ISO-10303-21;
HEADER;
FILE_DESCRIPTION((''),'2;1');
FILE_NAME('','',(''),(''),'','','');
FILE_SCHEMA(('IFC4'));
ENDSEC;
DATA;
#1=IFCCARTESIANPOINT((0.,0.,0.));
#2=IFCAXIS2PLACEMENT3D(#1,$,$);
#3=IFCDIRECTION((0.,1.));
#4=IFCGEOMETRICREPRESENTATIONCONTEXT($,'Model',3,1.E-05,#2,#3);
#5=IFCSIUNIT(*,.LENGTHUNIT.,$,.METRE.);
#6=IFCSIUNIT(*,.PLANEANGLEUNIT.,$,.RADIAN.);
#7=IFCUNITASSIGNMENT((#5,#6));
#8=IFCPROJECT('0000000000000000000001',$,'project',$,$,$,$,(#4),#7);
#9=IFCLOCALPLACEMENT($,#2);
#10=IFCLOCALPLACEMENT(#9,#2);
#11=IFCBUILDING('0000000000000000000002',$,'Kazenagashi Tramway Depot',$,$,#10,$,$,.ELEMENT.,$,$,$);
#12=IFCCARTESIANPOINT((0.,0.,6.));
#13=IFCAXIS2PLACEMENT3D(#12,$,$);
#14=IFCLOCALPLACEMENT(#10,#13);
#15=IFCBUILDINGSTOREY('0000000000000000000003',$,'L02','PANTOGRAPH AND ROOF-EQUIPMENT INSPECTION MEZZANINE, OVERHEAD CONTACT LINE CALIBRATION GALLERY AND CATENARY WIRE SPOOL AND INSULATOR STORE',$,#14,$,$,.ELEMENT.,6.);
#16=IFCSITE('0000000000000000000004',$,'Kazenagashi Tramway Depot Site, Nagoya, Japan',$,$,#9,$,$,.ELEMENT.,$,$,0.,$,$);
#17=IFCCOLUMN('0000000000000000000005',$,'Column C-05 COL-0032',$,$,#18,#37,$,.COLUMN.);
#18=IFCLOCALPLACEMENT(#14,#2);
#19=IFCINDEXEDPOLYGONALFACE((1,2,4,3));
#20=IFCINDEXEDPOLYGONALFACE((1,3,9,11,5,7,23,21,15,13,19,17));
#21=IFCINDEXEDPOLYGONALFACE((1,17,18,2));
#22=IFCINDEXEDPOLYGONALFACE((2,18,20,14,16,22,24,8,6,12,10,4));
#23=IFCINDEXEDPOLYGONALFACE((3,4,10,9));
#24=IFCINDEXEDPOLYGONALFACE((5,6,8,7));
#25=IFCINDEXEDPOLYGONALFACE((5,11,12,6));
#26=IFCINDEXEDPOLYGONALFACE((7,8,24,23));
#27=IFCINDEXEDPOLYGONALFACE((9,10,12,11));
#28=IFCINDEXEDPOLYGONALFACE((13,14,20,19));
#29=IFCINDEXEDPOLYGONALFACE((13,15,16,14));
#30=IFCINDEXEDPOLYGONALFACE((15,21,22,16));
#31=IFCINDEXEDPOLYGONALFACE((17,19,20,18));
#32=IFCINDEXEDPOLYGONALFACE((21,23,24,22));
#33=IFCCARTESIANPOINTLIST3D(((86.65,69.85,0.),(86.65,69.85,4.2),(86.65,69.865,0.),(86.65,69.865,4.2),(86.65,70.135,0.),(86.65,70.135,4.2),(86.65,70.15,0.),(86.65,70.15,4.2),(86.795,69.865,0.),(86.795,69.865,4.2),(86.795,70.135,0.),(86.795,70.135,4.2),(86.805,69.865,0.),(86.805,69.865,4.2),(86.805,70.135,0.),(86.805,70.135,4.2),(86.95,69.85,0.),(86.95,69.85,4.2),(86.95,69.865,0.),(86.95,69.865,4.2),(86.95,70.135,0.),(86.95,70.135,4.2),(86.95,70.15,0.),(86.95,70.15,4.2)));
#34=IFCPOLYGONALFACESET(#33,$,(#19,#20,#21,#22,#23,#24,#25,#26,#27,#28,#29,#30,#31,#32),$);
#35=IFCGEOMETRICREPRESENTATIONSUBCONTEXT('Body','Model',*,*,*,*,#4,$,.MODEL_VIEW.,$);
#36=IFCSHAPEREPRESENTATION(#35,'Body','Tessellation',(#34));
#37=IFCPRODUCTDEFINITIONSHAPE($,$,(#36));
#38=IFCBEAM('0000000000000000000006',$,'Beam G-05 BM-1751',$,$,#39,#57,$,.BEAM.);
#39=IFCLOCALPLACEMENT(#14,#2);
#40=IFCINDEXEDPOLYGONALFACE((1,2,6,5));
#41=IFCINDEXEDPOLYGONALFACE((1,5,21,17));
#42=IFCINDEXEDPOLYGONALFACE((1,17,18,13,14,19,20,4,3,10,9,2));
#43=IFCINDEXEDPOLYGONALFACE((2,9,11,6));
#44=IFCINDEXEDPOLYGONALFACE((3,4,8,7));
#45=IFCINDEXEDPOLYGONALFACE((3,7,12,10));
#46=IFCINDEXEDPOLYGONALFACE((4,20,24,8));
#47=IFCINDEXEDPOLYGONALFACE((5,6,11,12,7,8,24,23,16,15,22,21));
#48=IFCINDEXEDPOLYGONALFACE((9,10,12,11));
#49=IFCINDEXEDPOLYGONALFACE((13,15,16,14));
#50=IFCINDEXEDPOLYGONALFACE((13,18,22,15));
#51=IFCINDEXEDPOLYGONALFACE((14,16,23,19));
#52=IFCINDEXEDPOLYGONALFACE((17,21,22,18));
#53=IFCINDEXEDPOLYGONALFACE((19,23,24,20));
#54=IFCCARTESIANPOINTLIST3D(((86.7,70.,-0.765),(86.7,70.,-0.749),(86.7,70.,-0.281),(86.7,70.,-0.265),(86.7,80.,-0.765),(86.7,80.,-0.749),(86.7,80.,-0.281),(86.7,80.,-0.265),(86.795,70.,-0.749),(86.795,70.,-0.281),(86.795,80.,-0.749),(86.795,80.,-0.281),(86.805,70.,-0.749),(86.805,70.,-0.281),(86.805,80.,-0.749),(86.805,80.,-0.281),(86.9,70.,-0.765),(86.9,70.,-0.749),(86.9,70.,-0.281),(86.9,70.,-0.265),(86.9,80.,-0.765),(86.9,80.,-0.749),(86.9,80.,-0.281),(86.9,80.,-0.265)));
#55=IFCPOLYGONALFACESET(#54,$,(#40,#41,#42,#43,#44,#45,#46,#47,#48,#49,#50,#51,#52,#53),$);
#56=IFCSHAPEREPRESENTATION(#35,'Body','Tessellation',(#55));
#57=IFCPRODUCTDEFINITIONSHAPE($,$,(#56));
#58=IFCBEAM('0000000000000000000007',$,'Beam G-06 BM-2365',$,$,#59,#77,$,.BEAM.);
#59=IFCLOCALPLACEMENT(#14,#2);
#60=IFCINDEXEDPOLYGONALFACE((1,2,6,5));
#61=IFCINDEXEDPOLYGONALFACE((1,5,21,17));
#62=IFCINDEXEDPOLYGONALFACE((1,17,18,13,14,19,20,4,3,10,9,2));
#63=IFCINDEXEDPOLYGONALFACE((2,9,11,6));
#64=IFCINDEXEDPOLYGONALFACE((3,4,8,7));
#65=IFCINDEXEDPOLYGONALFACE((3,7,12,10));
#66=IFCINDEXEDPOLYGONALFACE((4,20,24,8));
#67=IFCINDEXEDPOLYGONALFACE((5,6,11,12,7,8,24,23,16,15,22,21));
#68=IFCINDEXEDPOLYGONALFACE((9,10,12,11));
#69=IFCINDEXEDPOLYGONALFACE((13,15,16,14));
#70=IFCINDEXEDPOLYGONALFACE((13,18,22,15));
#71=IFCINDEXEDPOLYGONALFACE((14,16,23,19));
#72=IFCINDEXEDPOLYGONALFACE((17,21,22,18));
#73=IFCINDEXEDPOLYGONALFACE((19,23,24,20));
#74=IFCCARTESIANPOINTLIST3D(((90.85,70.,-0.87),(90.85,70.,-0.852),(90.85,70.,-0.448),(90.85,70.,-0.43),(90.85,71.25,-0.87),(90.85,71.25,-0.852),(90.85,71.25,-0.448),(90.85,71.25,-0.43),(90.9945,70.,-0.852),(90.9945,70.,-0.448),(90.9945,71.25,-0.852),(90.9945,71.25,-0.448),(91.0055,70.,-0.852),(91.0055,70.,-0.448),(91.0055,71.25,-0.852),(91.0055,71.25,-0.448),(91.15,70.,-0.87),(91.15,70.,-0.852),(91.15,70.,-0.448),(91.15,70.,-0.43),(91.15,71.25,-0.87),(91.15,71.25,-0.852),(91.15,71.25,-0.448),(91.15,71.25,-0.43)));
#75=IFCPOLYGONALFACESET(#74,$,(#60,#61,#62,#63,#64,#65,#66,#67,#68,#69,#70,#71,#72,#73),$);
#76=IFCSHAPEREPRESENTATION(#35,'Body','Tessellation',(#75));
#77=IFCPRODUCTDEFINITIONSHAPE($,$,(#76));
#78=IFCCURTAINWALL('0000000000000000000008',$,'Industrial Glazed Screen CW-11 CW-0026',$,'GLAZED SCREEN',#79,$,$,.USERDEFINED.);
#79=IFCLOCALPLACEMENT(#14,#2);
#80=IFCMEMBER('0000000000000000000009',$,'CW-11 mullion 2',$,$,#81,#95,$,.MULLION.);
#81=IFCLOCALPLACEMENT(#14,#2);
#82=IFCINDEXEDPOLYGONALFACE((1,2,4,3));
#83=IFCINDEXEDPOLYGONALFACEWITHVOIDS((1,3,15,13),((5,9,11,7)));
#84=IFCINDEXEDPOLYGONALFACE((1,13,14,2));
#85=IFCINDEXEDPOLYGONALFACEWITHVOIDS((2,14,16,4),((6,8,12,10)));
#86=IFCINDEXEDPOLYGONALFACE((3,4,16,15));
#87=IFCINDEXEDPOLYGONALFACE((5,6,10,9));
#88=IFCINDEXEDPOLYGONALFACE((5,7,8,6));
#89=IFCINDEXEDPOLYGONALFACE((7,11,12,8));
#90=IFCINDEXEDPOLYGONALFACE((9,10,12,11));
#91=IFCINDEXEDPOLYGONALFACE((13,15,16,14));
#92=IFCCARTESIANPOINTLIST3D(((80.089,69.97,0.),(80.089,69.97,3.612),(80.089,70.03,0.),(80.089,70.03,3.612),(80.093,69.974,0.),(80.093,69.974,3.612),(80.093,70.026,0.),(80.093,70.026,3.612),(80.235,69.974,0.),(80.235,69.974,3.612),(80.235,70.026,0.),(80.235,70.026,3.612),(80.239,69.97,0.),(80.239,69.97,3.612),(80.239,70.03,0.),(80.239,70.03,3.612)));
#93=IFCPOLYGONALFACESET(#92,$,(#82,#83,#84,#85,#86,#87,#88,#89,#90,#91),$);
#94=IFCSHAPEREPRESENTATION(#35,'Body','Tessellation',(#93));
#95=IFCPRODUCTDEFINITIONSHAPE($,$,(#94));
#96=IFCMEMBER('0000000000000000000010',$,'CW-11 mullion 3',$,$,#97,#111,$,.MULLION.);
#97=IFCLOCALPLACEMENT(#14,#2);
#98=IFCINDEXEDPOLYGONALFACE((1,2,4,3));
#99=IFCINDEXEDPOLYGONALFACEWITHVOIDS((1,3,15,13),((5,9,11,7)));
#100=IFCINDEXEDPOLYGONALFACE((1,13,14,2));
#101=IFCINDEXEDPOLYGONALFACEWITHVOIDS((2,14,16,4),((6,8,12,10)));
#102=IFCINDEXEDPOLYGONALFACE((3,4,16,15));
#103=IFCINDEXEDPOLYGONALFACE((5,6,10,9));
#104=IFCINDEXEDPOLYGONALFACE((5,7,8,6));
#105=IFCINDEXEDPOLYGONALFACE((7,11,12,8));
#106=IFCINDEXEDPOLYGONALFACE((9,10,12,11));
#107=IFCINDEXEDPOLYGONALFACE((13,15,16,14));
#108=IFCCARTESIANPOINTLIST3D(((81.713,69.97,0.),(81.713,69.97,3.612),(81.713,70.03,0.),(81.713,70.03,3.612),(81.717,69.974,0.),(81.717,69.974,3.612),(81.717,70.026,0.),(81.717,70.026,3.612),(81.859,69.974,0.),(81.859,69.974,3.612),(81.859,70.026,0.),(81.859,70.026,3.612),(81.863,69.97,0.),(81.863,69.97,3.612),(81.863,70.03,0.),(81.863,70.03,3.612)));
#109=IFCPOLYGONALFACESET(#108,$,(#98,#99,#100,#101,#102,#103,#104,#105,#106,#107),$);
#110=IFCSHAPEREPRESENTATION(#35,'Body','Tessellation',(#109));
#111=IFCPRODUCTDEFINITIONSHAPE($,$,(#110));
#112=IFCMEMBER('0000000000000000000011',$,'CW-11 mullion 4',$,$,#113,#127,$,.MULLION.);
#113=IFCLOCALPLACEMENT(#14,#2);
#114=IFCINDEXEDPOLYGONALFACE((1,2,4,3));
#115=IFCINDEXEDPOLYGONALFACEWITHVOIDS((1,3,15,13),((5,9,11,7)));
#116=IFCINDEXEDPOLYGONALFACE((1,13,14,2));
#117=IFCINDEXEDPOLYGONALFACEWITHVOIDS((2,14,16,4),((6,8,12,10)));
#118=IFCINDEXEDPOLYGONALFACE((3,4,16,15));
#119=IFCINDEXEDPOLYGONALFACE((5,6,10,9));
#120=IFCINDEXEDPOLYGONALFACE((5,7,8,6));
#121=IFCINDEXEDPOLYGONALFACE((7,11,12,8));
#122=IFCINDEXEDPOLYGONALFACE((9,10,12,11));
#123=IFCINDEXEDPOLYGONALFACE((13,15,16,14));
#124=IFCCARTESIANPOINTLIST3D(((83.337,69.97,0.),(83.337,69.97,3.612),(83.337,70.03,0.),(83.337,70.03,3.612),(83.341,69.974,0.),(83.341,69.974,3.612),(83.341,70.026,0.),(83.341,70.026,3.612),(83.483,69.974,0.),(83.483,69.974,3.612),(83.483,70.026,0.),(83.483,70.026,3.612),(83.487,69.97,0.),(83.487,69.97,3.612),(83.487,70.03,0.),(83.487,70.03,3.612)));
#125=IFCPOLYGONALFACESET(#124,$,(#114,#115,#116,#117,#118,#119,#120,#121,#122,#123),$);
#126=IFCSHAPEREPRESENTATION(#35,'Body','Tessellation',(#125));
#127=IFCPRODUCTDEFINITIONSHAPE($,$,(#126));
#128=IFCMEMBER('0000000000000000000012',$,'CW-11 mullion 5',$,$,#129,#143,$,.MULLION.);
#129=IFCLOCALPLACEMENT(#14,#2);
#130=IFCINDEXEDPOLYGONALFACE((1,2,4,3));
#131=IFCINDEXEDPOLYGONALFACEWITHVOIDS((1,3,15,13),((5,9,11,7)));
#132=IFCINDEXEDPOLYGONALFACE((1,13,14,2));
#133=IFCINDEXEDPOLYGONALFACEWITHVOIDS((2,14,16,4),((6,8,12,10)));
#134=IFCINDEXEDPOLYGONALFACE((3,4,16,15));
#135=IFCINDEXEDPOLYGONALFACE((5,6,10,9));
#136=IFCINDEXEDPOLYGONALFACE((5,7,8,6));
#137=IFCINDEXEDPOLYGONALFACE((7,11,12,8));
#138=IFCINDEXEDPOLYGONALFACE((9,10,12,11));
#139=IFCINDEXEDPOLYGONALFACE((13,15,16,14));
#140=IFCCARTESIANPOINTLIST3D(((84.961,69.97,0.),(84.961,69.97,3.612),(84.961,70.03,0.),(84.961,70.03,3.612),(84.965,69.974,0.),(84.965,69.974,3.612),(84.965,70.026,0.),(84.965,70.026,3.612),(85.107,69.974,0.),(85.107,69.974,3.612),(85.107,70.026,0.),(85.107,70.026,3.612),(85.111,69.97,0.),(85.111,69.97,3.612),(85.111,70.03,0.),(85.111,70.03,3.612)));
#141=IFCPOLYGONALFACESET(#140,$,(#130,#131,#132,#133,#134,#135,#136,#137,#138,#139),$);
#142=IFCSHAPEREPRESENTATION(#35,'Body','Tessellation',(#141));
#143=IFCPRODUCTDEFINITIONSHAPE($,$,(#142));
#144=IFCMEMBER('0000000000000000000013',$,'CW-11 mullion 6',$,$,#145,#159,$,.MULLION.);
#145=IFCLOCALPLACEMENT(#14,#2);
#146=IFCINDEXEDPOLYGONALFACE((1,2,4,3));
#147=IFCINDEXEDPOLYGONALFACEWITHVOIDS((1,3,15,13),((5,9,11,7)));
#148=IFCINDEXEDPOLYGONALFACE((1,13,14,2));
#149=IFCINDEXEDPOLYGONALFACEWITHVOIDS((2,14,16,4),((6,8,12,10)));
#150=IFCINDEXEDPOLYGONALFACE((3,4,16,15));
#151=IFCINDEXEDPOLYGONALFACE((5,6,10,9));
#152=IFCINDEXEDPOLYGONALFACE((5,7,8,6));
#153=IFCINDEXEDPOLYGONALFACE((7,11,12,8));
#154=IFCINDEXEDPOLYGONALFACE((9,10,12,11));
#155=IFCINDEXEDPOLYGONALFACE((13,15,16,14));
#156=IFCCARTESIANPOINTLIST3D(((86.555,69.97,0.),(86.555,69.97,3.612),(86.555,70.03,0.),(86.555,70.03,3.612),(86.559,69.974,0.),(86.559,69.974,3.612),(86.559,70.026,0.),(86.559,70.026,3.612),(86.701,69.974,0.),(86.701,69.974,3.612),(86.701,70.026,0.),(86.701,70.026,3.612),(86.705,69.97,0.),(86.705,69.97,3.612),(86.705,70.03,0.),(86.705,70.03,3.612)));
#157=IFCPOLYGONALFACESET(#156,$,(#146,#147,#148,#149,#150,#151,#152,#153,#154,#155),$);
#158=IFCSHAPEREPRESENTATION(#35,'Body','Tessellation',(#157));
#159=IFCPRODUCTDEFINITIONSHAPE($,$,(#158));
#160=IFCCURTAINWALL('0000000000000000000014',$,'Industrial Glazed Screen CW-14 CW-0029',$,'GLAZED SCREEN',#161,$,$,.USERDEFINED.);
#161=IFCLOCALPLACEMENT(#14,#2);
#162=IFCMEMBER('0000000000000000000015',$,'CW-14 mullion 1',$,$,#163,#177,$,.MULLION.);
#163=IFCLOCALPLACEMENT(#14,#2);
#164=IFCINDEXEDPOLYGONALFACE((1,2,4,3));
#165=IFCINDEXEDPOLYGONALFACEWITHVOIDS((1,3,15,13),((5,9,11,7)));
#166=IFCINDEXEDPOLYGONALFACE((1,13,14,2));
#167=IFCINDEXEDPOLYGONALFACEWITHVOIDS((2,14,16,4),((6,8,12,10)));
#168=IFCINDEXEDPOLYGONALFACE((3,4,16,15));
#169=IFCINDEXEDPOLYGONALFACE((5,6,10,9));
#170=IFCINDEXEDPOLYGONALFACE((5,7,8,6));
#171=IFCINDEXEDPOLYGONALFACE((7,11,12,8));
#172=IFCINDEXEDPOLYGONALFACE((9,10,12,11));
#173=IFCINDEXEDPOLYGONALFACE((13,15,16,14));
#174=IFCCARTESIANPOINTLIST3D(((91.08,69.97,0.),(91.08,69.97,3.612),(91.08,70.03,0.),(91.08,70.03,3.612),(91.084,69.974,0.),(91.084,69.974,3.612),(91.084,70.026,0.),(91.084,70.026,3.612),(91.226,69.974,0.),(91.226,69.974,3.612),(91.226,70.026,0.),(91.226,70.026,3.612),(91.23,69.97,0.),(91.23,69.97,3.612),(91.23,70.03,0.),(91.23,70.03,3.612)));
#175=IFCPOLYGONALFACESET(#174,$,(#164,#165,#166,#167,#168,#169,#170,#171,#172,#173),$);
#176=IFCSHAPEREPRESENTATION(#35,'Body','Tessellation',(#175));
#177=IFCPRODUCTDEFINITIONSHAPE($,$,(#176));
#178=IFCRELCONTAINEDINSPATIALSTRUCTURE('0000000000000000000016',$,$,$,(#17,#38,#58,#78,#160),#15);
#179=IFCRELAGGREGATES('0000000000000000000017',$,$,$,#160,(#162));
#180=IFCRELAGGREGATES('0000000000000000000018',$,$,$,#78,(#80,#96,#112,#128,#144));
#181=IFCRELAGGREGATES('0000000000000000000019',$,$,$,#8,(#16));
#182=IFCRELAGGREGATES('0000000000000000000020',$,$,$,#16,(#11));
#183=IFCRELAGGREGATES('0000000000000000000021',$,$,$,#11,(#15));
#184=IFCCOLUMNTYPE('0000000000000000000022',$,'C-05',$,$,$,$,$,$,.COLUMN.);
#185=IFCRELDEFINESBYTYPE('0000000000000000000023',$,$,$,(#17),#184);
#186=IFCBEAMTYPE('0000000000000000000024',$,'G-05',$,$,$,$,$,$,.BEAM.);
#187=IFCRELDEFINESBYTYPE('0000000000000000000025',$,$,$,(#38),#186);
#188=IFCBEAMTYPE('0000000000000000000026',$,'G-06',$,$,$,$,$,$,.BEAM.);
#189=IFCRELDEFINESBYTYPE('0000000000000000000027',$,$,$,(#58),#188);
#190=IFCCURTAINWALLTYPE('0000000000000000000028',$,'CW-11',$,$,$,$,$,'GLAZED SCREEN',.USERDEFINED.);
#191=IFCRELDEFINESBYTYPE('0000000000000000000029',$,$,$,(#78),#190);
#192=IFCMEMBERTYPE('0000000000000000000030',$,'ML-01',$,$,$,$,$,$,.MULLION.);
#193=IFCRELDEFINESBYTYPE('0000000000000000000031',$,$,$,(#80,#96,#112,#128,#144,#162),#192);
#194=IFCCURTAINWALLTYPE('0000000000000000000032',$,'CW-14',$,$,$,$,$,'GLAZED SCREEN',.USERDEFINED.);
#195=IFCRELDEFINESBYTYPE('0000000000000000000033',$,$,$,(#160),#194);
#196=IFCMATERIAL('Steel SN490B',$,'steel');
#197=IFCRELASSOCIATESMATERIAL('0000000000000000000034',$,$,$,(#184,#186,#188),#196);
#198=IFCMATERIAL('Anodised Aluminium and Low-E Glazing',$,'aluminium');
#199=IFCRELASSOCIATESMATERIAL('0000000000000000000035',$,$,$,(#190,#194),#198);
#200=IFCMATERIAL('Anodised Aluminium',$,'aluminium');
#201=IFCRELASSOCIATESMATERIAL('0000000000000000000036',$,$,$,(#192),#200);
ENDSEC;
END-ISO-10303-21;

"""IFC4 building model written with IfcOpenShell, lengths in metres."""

from ifc_helpers import new_model, si_unit, direction, frame, origin, origin_2d, place, context, subcontext, project, spatial, hollow_rectangle, i_section, extrude, material, material_profile, profile_set, type_object, element, aggregate, save


model = new_model("IFC4")

# Units and contexts
model_context = context("Model", 3, precision=1e-05, world=origin(), true_north=direction((0.0, 1.0)))
body_context = subcontext(model_context, "Body", "Model", "MODEL_VIEW")
ifc_project = project(units=[si_unit("LENGTHUNIT", "METRE"), si_unit("PLANEANGLEUNIT", "RADIAN")], contexts=[model_context])

# Site, building, storey
site_placement = place(None, origin())
site = spatial("IfcSite", under=ifc_project, at=site_placement, Name="Kazenagashi Tramway Depot Site, Nagoya, Japan", CompositionType="ELEMENT", RefElevation=0.0)
building_placement = place(site_placement, origin())
building = spatial("IfcBuilding", under=site, at=building_placement, Name="Kazenagashi Tramway Depot", CompositionType="ELEMENT")
storey_placement = place(building_placement, frame((0.0, 0.0, 6.0)))
storey = spatial("IfcBuildingStorey", under=building, at=storey_placement, Name="L02", Description="PANTOGRAPH AND ROOF-EQUIPMENT INSPECTION MEZZANINE, OVERHEAD CONTACT LINE CALIBRATION GALLERY AND CATENARY WIRE SPOOL AND INSULATOR STORE", CompositionType="ELEMENT", Elevation=6.0)

# Column
ifc_material_1 = material(Name="Steel SN490B", Category="steel")
ifc_material_profile_1 = material_profile(ifc_material_1, i_section(OverallWidth=0.3, OverallDepth=0.3, WebThickness=0.01, FlangeThickness=0.015, at=origin_2d()), Name="H-300x300x10x15")
ifc_profile_set_1 = profile_set([ifc_material_profile_1], Name="Steel SN490B")
column_type = type_object("IfcColumnType", Name="C-05", PredefinedType="COLUMN", material=ifc_profile_set_1)
column_placement = place(storey_placement, frame((86.8, 70.0, 0.0), z_axis=(0.0, 0.0, 1.0), x_axis=(1.0, 0.0, 0.0)))
element("IfcColumn", 1, at=column_placement, inside=storey, type_object=column_type, Name="Column C-05 COL-0032", PredefinedType="COLUMN", context=body_context, shape_type="SweptSolid", body=[
    extrude(i_section(OverallWidth=0.3, OverallDepth=0.3, WebThickness=0.01, FlangeThickness=0.015, at=origin_2d()), origin(), (0.0, 0.0, 1.0), 4.2),
])

# Beams
ifc_material_profile_2 = material_profile(ifc_material_1, i_section(OverallWidth=0.2, OverallDepth=0.5, WebThickness=0.01, FlangeThickness=0.016, at=origin_2d()), Name="H-500x200x10x16")
ifc_profile_set_2 = profile_set([ifc_material_profile_2], Name="Steel SN490B")
beam_type_1 = type_object("IfcBeamType", Name="G-05", PredefinedType="BEAM", material=ifc_profile_set_2)
beam_1_placement = place(storey_placement, frame((86.8, 70.0, -0.515), z_axis=(0.0, 1.0, 0.0), x_axis=(-1.0, 0.0, 0.0)))
element("IfcBeam", 2, at=beam_1_placement, inside=storey, type_object=beam_type_1, Name="Beam G-05 BM-1751", PredefinedType="BEAM", context=body_context, shape_type="SweptSolid", body=[
    extrude(i_section(OverallWidth=0.2, OverallDepth=0.5, WebThickness=0.01, FlangeThickness=0.016, at=origin_2d()), origin(), (0.0, 0.0, 1.0), 10.0),
])
ifc_material_profile_3 = material_profile(ifc_material_1, i_section(OverallWidth=0.3, OverallDepth=0.44, WebThickness=0.011, FlangeThickness=0.018, at=origin_2d()), Name="H-440x300x11x18")
ifc_profile_set_3 = profile_set([ifc_material_profile_3], Name="Steel SN490B")
beam_type_2 = type_object("IfcBeamType", Name="G-06", PredefinedType="BEAM", material=ifc_profile_set_3)
beam_2_placement = place(storey_placement, frame((91.0, 70.0, -0.65), z_axis=(0.0, 1.0, 0.0), x_axis=(-1.0, 0.0, 0.0)))
element("IfcBeam", 3, at=beam_2_placement, inside=storey, type_object=beam_type_2, Name="Beam G-06 BM-2365", PredefinedType="BEAM", context=body_context, shape_type="SweptSolid", body=[
    extrude(i_section(OverallWidth=0.3, OverallDepth=0.44, WebThickness=0.011, FlangeThickness=0.018, at=origin_2d()), origin(), (0.0, 0.0, 1.0), 1.25),
])

# Curtain wall, members
ifc_material_2 = material(Name="Anodised Aluminium and Low-E Glazing", Category="aluminium")
curtain_wall_type_1 = type_object("IfcCurtainWallType", Name="CW-11", ElementType="GLAZED SCREEN", PredefinedType="USERDEFINED", material=ifc_material_2)
curtain_wall_1_placement = place(storey_placement, origin())
curtain_wall_1 = element("IfcCurtainWall", 4, at=curtain_wall_1_placement, inside=storey, type_object=curtain_wall_type_1, Name="Industrial Glazed Screen CW-11 CW-0026", ObjectType="GLAZED SCREEN", PredefinedType="USERDEFINED")
ifc_material_3 = material(Name="Anodised Aluminium", Category="aluminium")
ifc_material_profile_4 = material_profile(ifc_material_3, hollow_rectangle(XDim=0.06, YDim=0.15, WallThickness=0.004, at=origin_2d()), Name="RHS-150x60x4")
ifc_profile_set_4 = profile_set([ifc_material_profile_4], Name="Anodised Aluminium")
member_type_1 = type_object("IfcMemberType", Name="ML-01", PredefinedType="MULLION", material=ifc_profile_set_4)
member_1_placement = place(storey_placement, frame((80.164, 70.0, 0.0), z_axis=(0.0, 0.0, 1.0), x_axis=(0.0, 1.0, 0.0)))
member_1 = element("IfcMember", 5, at=member_1_placement, type_object=member_type_1, Name="CW-11 mullion 2", PredefinedType="MULLION", context=body_context, shape_type="SweptSolid", body=[
    extrude(hollow_rectangle(XDim=0.06, YDim=0.15, WallThickness=0.004, at=origin_2d()), origin(), (0.0, 0.0, 1.0), 3.612),
])
member_2_placement = place(storey_placement, frame((81.788, 70.0, 0.0), z_axis=(0.0, 0.0, 1.0), x_axis=(0.0, 1.0, 0.0)))
member_2 = element("IfcMember", 6, at=member_2_placement, type_object=member_type_1, Name="CW-11 mullion 3", PredefinedType="MULLION", context=body_context, shape_type="SweptSolid", body=[
    extrude(hollow_rectangle(XDim=0.06, YDim=0.15, WallThickness=0.004, at=origin_2d()), origin(), (0.0, 0.0, 1.0), 3.612),
])
member_3_placement = place(storey_placement, frame((83.412, 70.0, 0.0), z_axis=(0.0, 0.0, 1.0), x_axis=(0.0, 1.0, 0.0)))
member_3 = element("IfcMember", 7, at=member_3_placement, type_object=member_type_1, Name="CW-11 mullion 4", PredefinedType="MULLION", context=body_context, shape_type="SweptSolid", body=[
    extrude(hollow_rectangle(XDim=0.06, YDim=0.15, WallThickness=0.004, at=origin_2d()), origin(), (0.0, 0.0, 1.0), 3.612),
])
member_4_placement = place(storey_placement, frame((85.036, 70.0, 0.0), z_axis=(0.0, 0.0, 1.0), x_axis=(0.0, 1.0, 0.0)))
member_4 = element("IfcMember", 8, at=member_4_placement, type_object=member_type_1, Name="CW-11 mullion 5", PredefinedType="MULLION", context=body_context, shape_type="SweptSolid", body=[
    extrude(hollow_rectangle(XDim=0.06, YDim=0.15, WallThickness=0.004, at=origin_2d()), origin(), (0.0, 0.0, 1.0), 3.612),
])
member_5_placement = place(storey_placement, frame((86.63, 70.0, 0.0), z_axis=(0.0, 0.0, 1.0), x_axis=(0.0, 1.0, 0.0)))
member_5 = element("IfcMember", 9, at=member_5_placement, type_object=member_type_1, Name="CW-11 mullion 6", PredefinedType="MULLION", context=body_context, shape_type="SweptSolid", body=[
    extrude(hollow_rectangle(XDim=0.06, YDim=0.15, WallThickness=0.004, at=origin_2d()), origin(), (0.0, 0.0, 1.0), 3.612),
])

# Curtain wall, member
curtain_wall_type_2 = type_object("IfcCurtainWallType", Name="CW-14", ElementType="GLAZED SCREEN", PredefinedType="USERDEFINED", material=ifc_material_2)
curtain_wall_2_placement = place(storey_placement, origin())
curtain_wall_2 = element("IfcCurtainWall", 10, at=curtain_wall_2_placement, inside=storey, type_object=curtain_wall_type_2, Name="Industrial Glazed Screen CW-14 CW-0029", ObjectType="GLAZED SCREEN", PredefinedType="USERDEFINED")
member_6_placement = place(storey_placement, frame((91.155, 70.0, 0.0), z_axis=(0.0, 0.0, 1.0), x_axis=(0.0, 1.0, 0.0)))
member_6 = element("IfcMember", 11, at=member_6_placement, type_object=member_type_1, Name="CW-14 mullion 1", PredefinedType="MULLION", context=body_context, shape_type="SweptSolid", body=[
    extrude(hollow_rectangle(XDim=0.06, YDim=0.15, WallThickness=0.004, at=origin_2d()), origin(), (0.0, 0.0, 1.0), 3.612),
])

aggregate(curtain_wall_2, [member_6])

aggregate(curtain_wall_1, [member_1, member_2, member_3, member_4, member_5])

save(model, "model.ifc")
